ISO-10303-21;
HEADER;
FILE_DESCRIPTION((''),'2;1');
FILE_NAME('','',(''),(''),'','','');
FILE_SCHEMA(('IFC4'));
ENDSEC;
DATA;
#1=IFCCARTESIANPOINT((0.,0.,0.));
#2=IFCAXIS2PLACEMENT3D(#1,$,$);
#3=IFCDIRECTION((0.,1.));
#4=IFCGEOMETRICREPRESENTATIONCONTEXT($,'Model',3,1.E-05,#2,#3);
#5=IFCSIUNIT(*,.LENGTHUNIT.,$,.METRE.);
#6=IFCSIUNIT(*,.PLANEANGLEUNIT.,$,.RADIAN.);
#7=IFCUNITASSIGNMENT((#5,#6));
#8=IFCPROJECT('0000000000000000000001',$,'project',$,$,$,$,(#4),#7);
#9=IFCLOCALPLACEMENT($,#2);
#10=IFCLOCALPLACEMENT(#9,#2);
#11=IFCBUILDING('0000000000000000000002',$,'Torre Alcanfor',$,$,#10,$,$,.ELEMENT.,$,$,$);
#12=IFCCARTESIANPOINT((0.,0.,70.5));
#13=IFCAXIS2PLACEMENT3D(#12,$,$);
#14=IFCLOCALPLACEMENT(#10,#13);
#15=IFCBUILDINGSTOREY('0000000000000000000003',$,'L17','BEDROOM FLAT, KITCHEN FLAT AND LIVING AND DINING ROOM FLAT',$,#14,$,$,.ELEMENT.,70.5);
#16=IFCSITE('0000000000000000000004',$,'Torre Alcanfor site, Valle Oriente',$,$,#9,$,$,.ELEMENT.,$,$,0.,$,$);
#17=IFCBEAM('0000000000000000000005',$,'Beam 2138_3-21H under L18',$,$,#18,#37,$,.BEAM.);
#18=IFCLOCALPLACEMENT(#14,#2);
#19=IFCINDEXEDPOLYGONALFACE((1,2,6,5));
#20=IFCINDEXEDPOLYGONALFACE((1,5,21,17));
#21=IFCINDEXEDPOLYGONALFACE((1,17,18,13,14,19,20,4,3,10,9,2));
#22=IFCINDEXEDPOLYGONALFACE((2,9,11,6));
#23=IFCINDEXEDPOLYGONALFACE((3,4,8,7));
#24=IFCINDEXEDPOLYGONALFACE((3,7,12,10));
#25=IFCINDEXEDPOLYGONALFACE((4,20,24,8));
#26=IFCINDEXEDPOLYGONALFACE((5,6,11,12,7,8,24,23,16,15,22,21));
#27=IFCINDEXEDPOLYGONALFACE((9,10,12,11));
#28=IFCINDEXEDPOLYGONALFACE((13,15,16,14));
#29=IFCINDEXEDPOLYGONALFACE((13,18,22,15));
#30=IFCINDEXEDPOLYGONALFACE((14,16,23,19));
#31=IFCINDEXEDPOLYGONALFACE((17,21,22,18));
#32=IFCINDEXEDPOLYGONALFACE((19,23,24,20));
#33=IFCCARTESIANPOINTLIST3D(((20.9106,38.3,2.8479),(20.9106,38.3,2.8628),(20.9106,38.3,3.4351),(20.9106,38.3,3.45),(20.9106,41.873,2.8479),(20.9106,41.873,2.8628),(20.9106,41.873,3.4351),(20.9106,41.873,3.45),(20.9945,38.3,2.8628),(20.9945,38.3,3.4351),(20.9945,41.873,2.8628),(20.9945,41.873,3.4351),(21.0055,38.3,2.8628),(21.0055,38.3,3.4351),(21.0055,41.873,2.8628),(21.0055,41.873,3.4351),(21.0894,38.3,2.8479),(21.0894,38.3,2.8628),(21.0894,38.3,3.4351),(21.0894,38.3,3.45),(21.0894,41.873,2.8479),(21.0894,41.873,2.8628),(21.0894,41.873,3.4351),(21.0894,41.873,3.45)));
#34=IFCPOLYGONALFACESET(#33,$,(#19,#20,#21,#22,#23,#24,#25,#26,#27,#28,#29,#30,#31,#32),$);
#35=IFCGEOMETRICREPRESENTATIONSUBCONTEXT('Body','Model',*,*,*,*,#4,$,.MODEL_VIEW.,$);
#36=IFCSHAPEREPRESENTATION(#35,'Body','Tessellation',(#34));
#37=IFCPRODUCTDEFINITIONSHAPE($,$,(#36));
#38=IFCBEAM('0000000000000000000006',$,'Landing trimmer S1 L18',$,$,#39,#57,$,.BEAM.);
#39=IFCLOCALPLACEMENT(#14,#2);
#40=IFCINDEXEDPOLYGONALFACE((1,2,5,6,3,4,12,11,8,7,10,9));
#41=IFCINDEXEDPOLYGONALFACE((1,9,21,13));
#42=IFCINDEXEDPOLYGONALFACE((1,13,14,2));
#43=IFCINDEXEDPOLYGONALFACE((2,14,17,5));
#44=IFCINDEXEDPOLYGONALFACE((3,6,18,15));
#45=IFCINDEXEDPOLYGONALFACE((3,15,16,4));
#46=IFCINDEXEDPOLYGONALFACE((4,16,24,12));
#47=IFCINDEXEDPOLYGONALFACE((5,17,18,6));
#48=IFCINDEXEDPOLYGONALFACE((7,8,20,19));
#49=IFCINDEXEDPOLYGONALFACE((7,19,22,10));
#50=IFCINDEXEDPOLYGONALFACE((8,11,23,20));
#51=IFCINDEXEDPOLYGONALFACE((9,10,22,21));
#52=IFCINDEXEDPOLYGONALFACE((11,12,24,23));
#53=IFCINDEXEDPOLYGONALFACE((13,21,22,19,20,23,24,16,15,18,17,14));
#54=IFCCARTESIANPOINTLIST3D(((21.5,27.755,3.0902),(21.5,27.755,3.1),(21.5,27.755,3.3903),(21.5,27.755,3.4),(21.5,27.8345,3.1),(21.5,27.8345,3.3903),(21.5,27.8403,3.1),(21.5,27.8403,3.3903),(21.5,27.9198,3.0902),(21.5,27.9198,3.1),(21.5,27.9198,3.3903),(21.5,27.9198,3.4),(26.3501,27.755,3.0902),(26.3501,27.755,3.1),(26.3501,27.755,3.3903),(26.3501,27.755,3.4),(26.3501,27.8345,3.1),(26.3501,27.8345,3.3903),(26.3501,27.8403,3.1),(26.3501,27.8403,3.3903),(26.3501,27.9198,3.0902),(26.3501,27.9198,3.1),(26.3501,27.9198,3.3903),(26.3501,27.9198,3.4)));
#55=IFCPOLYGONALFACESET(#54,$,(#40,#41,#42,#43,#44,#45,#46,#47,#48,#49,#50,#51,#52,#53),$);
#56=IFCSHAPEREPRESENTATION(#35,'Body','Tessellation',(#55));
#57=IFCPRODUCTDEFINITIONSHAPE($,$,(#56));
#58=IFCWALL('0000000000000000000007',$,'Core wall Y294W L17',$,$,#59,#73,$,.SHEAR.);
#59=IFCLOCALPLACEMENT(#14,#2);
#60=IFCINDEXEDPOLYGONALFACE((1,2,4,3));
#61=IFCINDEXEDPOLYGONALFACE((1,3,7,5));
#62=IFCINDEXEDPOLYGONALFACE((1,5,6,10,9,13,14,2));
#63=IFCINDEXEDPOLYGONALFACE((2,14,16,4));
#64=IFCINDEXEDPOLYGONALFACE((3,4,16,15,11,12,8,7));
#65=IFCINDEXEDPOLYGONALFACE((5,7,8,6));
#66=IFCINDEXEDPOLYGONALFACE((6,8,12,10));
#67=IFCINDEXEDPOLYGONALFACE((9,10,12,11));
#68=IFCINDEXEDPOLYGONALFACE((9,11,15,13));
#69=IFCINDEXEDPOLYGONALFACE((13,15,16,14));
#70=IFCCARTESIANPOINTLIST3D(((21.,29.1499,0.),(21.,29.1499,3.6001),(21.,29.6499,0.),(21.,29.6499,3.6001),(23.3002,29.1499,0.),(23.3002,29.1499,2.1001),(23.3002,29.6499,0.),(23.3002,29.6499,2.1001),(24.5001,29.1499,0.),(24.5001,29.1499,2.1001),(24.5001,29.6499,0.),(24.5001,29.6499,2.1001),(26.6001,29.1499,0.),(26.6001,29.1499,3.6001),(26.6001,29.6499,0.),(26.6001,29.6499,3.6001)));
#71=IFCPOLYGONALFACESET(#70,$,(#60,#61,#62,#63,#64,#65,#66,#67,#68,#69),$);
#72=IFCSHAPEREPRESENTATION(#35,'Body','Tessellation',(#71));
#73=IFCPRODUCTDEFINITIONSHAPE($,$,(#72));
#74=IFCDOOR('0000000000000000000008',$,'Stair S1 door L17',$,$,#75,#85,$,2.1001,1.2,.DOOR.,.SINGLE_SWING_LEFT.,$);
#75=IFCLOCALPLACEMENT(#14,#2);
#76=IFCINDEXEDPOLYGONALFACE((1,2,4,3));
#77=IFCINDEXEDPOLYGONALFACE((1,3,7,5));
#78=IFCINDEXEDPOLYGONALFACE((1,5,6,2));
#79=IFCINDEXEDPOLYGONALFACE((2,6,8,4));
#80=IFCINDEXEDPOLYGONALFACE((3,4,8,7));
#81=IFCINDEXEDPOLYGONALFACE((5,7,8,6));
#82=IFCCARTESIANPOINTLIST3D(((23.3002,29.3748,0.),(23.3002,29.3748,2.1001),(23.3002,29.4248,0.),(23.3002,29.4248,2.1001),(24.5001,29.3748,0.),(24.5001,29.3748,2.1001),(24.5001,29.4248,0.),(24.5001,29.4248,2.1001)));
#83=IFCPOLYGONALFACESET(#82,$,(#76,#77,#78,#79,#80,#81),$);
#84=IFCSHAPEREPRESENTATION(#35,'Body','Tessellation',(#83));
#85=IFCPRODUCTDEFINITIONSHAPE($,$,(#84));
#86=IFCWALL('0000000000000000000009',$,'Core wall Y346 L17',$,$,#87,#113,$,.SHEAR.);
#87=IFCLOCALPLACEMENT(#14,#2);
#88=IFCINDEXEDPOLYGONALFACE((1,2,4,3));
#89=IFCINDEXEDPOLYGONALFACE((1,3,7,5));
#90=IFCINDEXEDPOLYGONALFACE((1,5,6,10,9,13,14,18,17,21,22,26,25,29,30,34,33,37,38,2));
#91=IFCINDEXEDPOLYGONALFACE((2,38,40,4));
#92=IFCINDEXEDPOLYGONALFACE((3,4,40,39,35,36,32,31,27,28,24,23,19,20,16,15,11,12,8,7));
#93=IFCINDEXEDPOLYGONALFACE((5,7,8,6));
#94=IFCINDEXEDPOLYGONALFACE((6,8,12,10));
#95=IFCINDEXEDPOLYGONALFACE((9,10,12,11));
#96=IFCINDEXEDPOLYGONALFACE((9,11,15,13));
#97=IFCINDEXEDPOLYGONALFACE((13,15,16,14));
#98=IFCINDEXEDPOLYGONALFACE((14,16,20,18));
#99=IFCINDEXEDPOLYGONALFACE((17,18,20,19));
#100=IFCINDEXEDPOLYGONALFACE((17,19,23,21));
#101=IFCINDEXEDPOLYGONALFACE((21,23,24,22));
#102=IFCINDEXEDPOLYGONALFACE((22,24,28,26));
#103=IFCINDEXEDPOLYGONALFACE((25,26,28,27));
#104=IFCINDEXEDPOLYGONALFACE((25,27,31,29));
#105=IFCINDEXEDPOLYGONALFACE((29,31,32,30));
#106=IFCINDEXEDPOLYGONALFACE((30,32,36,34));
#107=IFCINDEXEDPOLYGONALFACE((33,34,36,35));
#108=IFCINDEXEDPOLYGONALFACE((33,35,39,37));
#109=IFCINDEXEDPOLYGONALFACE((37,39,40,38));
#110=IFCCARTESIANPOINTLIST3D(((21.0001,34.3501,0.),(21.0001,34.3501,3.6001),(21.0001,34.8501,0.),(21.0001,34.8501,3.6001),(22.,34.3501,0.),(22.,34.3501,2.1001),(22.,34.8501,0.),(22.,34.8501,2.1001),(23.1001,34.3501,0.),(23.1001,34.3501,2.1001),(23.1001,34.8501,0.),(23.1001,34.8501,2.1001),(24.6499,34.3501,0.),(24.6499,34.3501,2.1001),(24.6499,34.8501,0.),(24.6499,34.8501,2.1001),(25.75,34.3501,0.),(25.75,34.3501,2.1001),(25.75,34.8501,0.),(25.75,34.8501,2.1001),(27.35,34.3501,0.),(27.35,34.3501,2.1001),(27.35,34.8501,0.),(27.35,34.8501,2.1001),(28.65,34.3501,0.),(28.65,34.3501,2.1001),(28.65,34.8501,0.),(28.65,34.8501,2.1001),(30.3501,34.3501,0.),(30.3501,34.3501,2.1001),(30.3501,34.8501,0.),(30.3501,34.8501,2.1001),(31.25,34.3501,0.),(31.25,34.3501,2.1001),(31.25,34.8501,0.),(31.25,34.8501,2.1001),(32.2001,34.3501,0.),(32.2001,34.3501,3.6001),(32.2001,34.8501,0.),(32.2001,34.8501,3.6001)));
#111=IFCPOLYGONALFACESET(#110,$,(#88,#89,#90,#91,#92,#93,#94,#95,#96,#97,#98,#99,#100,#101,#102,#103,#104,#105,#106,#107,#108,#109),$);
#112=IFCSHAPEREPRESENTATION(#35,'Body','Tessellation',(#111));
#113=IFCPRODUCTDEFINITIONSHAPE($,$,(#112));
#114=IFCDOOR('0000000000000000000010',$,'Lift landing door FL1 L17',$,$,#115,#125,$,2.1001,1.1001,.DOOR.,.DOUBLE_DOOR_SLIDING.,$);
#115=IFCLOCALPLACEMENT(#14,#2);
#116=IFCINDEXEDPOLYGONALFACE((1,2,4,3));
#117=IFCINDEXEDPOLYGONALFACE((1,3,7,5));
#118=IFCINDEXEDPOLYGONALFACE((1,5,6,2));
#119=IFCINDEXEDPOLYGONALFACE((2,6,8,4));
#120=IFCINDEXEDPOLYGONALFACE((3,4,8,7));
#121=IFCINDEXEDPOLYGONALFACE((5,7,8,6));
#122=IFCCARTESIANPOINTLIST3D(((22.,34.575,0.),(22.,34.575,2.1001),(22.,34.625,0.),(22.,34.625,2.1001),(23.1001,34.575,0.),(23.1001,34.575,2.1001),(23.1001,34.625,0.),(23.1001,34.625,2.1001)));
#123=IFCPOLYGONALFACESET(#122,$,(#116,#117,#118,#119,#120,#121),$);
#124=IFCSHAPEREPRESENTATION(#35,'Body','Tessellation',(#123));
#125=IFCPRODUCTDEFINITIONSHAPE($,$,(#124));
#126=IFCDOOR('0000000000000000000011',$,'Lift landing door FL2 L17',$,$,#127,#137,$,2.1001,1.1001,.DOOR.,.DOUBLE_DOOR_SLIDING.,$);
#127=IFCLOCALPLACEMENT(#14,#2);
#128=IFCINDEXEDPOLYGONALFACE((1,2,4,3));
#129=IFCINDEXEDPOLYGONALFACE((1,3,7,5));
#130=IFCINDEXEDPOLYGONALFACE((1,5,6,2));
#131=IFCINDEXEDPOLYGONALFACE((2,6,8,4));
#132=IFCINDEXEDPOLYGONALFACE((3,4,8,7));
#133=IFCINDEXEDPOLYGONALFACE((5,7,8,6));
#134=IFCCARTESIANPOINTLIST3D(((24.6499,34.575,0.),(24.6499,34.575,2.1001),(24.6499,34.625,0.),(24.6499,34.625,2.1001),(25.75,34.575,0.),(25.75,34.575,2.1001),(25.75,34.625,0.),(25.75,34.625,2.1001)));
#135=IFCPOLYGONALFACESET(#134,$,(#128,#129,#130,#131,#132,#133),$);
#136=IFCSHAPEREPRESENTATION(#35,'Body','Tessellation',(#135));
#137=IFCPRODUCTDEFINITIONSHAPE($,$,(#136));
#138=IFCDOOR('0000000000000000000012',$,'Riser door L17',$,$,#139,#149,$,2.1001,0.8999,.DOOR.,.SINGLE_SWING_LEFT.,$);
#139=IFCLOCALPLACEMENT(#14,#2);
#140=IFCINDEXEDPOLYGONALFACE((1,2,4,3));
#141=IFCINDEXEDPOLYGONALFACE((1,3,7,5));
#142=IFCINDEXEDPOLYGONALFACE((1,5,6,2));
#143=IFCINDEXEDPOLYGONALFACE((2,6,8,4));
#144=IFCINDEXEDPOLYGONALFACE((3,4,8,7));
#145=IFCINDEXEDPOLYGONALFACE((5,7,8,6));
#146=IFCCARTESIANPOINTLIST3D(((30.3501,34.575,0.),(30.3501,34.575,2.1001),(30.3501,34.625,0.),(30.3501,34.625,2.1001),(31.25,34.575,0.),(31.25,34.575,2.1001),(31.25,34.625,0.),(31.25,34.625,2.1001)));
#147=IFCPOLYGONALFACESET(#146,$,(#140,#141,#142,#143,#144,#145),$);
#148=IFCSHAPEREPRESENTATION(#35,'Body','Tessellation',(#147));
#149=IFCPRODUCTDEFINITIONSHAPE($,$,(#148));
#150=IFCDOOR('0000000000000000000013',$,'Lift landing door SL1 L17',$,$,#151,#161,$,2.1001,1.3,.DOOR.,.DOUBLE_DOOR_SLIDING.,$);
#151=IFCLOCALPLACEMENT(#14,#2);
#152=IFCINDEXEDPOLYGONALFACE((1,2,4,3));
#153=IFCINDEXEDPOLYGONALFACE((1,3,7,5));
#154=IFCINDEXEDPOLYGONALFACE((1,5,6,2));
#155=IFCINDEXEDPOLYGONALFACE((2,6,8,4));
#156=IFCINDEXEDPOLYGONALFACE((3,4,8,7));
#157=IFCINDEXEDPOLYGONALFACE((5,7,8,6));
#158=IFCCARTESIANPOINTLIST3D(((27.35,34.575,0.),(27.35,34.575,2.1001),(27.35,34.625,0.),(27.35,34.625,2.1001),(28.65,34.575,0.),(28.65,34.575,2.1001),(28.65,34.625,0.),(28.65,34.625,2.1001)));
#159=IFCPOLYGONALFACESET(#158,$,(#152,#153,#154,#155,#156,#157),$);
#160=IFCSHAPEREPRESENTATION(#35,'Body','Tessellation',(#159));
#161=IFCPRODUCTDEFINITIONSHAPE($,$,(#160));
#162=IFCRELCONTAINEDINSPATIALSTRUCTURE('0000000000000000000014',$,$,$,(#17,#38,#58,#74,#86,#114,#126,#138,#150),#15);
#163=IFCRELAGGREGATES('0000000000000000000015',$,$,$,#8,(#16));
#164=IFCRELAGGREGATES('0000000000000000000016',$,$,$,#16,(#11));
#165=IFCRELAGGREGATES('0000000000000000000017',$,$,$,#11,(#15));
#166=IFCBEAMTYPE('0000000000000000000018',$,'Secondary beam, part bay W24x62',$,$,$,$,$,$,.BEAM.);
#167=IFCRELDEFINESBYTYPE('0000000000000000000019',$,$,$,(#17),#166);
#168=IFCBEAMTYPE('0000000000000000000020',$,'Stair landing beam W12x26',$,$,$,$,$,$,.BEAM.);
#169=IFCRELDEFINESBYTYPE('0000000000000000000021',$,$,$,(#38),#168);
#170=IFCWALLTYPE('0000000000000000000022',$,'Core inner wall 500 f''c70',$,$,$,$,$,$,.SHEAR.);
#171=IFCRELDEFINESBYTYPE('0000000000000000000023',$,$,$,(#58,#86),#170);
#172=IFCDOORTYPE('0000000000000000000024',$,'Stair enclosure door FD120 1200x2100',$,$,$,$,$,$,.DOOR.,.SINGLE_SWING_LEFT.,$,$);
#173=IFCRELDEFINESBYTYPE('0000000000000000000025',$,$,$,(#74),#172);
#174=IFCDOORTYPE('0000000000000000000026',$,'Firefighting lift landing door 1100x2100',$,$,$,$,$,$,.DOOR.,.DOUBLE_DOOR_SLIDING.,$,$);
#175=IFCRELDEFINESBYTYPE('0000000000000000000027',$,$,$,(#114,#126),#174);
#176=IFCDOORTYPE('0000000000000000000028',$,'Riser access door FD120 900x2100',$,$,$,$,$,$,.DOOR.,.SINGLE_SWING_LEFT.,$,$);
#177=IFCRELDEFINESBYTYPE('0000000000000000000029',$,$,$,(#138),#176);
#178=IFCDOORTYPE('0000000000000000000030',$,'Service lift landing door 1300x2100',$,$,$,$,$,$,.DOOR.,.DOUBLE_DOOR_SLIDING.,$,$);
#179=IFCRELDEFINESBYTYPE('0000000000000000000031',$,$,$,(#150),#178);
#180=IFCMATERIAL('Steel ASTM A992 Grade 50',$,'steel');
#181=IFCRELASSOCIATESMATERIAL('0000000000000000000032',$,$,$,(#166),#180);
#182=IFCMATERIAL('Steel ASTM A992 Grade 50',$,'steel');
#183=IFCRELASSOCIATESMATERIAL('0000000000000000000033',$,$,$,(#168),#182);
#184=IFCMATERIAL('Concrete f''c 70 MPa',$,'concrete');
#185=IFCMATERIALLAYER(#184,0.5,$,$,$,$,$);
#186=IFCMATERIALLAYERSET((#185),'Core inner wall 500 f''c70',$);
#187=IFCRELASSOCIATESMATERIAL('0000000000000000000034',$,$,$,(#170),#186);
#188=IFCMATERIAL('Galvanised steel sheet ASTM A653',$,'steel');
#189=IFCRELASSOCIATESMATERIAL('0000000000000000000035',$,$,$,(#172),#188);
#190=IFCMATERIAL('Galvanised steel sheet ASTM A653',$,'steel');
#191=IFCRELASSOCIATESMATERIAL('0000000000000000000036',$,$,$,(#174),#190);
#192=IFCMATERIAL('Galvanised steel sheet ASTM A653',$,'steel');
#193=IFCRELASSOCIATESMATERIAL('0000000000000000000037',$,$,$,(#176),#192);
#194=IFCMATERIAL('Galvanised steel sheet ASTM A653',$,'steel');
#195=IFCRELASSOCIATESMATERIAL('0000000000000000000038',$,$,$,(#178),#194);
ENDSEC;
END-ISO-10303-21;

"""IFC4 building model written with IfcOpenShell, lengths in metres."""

from ifc_helpers import new_model, si_unit, direction, frame, frame_2d, origin, origin_2d, place, context, subcontext, project, spatial, rectangle, i_section, extrude, material, layer, layer_set, material_profile, profile_set, type_object, element, fill, save


model = new_model("IFC4")

# Units and contexts
model_context = context("Model", 3, precision=1e-05, world=origin(), true_north=direction((0.0, 1.0)))
body_context = subcontext(model_context, "Body", "Model", "MODEL_VIEW")
ifc_project = project(units=[si_unit("LENGTHUNIT", "METRE"), si_unit("PLANEANGLEUNIT", "RADIAN")], contexts=[model_context])

# Site, building, storey
site_placement = place(None, origin())
site = spatial("IfcSite", under=ifc_project, at=site_placement, Name="Torre Alcanfor site, Valle Oriente", CompositionType="ELEMENT", RefElevation=0.0)
building_placement = place(site_placement, origin())
building = spatial("IfcBuilding", under=site, at=building_placement, Name="Torre Alcanfor", CompositionType="ELEMENT")
storey_placement = place(building_placement, frame((0.0, 0.0, 70.5)))
storey = spatial("IfcBuildingStorey", under=building, at=storey_placement, Name="L17", Description="BEDROOM FLAT, KITCHEN FLAT AND LIVING AND DINING ROOM FLAT", CompositionType="ELEMENT", Elevation=70.5)

# Beams
ifc_material_1 = material(Name="Steel ASTM A992 Grade 50", Category="steel")
ifc_material_profile_1 = material_profile(ifc_material_1, i_section(OverallWidth=0.1787, OverallDepth=0.6021, WebThickness=0.011, FlangeThickness=0.0149, at=origin_2d()), Name="W24x62")
ifc_profile_set_1 = profile_set([ifc_material_profile_1], Name="Steel ASTM A992 Grade 50")
beam_type_1 = type_object("IfcBeamType", Name="Secondary beam, part bay W24x62", PredefinedType="BEAM", material=ifc_profile_set_1)
beam_1_placement = place(storey_placement, frame((21.0, 38.3, 3.1489), z_axis=(0.0, 1.0, 0.0), x_axis=(-1.0, 0.0, 0.0)))
element("IfcBeam", 1, at=beam_1_placement, inside=storey, type_object=beam_type_1, Name="Beam 2138_3-21H under L18", PredefinedType="BEAM", context=body_context, shape_type="SweptSolid", body=[
    extrude(i_section(OverallWidth=0.1787, OverallDepth=0.6021, WebThickness=0.011, FlangeThickness=0.0149, at=origin_2d()), origin(), (0.0, 0.0, 1.0), 3.573),
])
ifc_material_2 = material(Name="Steel ASTM A992 Grade 50", Category="steel")
ifc_material_profile_2 = material_profile(ifc_material_2, i_section(OverallWidth=0.1648, OverallDepth=0.3098, WebThickness=0.0059, FlangeThickness=0.0098, at=origin_2d()), Name="W12x26")
ifc_profile_set_2 = profile_set([ifc_material_profile_2], Name="Steel ASTM A992 Grade 50")
beam_type_2 = type_object("IfcBeamType", Name="Stair landing beam W12x26", PredefinedType="BEAM", material=ifc_profile_set_2)
beam_2_placement = place(storey_placement, frame((21.5, 27.8374, 3.2451), z_axis=(1.0, 0.0, 0.0), x_axis=(0.0, 1.0, 0.0)))
element("IfcBeam", 2, at=beam_2_placement, inside=storey, type_object=beam_type_2, Name="Landing trimmer S1 L18", PredefinedType="BEAM", context=body_context, shape_type="SweptSolid", body=[
    extrude(i_section(OverallWidth=0.1648, OverallDepth=0.3098, WebThickness=0.0059, FlangeThickness=0.0098, at=origin_2d()), origin(), (0.0, 0.0, 1.0), 4.8501),
])

# Wall, opening, door
ifc_material_3 = material(Name="Concrete f'c 70 MPa", Category="concrete")
ifc_layer_1 = layer(ifc_material_3, 0.5)
ifc_layer_set_1 = layer_set([ifc_layer_1], Name="Core inner wall 500 f'c70")
wall_type_1 = type_object("IfcWallType", Name="Core inner wall 500 f'c70", PredefinedType="SHEAR", material=ifc_layer_set_1)
wall_1_placement = place(storey_placement, frame((21.0, 29.3999, 0.0), z_axis=(0.0, 0.0, 1.0), x_axis=(1.0, 0.0, 0.0)))
wall_1 = element("IfcWall", 3, at=wall_1_placement, inside=storey, type_object=wall_type_1, Name="Core wall Y294W L17", PredefinedType="SHEAR", context=body_context, shape_type="SweptSolid", body=[
    extrude(rectangle(XDim=5.6001, YDim=0.5, at=frame_2d((2.8, 0.0))), origin(), (0.0, 0.0, 1.0), 3.6001),
])
opening_1_placement = place(wall_1_placement, frame((2.3, 0.0, 0.0)))
opening_1 = element("IfcOpeningElement", 4, at=opening_1_placement, cuts=wall_1, PredefinedType="OPENING", context=body_context, shape_type="SweptSolid", body=[
    extrude(rectangle(XDim=1.2, YDim=2.1001, at=frame_2d((0.6001, 1.05))), frame((0.0, 0.26, 0.0), z_axis=(0.0, -1.0, 0.0), x_axis=(1.0, 0.0, 0.0)), (0.0, 0.0, 1.0), 0.52),
])
ifc_material_4 = material(Name="Galvanised steel sheet ASTM A653", Category="steel")
door_type_1 = type_object("IfcDoorType", Name="Stair enclosure door FD120 1200x2100", OperationType="SINGLE_SWING_LEFT", PredefinedType="DOOR", material=ifc_material_4)
door_1_placement = place(opening_1_placement, frame((1.2, 0.0, 0.0), z_axis=(0.0, 0.0, 1.0), x_axis=(-1.0, 0.0, 0.0)))
door_1 = element("IfcDoor", 5, at=door_1_placement, inside=storey, type_object=door_type_1, Name="Stair S1 door L17", OperationType="SINGLE_SWING_LEFT", OverallHeight=2.1001, OverallWidth=1.2, PredefinedType="DOOR", context=body_context, shape_type="SweptSolid", body=[
    extrude(rectangle(XDim=1.2, YDim=2.1001, at=frame_2d((0.5999, 1.05))), frame((0.0, 0.0251, 0.0), z_axis=(0.0, -1.0, 0.0), x_axis=(1.0, 0.0, 0.0)), (0.0, 0.0, 1.0), 0.05),
])
fill(opening_1, door_1)

# Wall, openings, doors
wall_2_placement = place(storey_placement, frame((21.0, 34.6001, 0.0), z_axis=(0.0, 0.0, 1.0), x_axis=(1.0, 0.0, 0.0)))
wall_2 = element("IfcWall", 6, at=wall_2_placement, inside=storey, type_object=wall_type_1, Name="Core wall Y346 L17", PredefinedType="SHEAR", context=body_context, shape_type="SweptSolid", body=[
    extrude(rectangle(XDim=11.2, YDim=0.5, at=frame_2d((5.6001, 0.0))), origin(), (0.0, 0.0, 1.0), 3.6001),
])
opening_2_placement = place(wall_2_placement, frame((9.3501, 0.0, 0.0)))
opening_2 = element("IfcOpeningElement", 7, at=opening_2_placement, cuts=wall_2, PredefinedType="OPENING", context=body_context, shape_type="SweptSolid", body=[
    extrude(rectangle(XDim=0.8999, YDim=2.1001, at=frame_2d((0.45, 1.05))), frame((0.0, 0.26, 0.0), z_axis=(0.0, -1.0, 0.0), x_axis=(1.0, 0.0, 0.0)), (0.0, 0.0, 1.0), 0.52),
])
opening_3_placement = place(wall_2_placement, frame((1.0, 0.0, 0.0)))
opening_3 = element("IfcOpeningElement", 8, at=opening_3_placement, cuts=wall_2, PredefinedType="OPENING", context=body_context, shape_type="SweptSolid", body=[
    extrude(rectangle(XDim=1.1001, YDim=2.1001, at=frame_2d((0.55, 1.05))), frame((0.0, 0.26, 0.0), z_axis=(0.0, -1.0, 0.0), x_axis=(1.0, 0.0, 0.0)), (0.0, 0.0, 1.0), 0.52),
])
opening_4_placement = place(wall_2_placement, frame((3.6499, 0.0, 0.0)))
opening_4 = element("IfcOpeningElement", 9, at=opening_4_placement, cuts=wall_2, PredefinedType="OPENING", context=body_context, shape_type="SweptSolid", body=[
    extrude(rectangle(XDim=1.1001, YDim=2.1001, at=frame_2d((0.55, 1.05))), frame((0.0, 0.26, 0.0), z_axis=(0.0, -1.0, 0.0), x_axis=(1.0, 0.0, 0.0)), (0.0, 0.0, 1.0), 0.52),
])
opening_5_placement = place(wall_2_placement, frame((6.3501, 0.0, 0.0)))
opening_5 = element("IfcOpeningElement", 10, at=opening_5_placement, cuts=wall_2, PredefinedType="OPENING", context=body_context, shape_type="SweptSolid", body=[
    extrude(rectangle(XDim=1.3, YDim=2.1001, at=frame_2d((0.6499, 1.05))), frame((0.0, 0.26, 0.0), z_axis=(0.0, -1.0, 0.0), x_axis=(1.0, 0.0, 0.0)), (0.0, 0.0, 1.0), 0.52),
])
ifc_material_5 = material(Name="Galvanised steel sheet ASTM A653", Category="steel")
door_type_2 = type_object("IfcDoorType", Name="Firefighting lift landing door 1100x2100", OperationType="DOUBLE_DOOR_SLIDING", PredefinedType="DOOR", material=ifc_material_5)
door_2_placement = place(opening_3_placement, origin())
door_2 = element("IfcDoor", 11, at=door_2_placement, inside=storey, type_object=door_type_2, Name="Lift landing door FL1 L17", OperationType="DOUBLE_DOOR_SLIDING", OverallHeight=2.1001, OverallWidth=1.1001, PredefinedType="DOOR", context=body_context, shape_type="SweptSolid", body=[
    extrude(rectangle(XDim=1.1001, YDim=2.1001, at=frame_2d((0.55, 1.05))), frame((0.0, 0.0249, 0.0), z_axis=(0.0, -1.0, 0.0), x_axis=(1.0, 0.0, 0.0)), (0.0, 0.0, 1.0), 0.05),
])
fill(opening_3, door_2)
door_3_placement = place(opening_4_placement, origin())
door_3 = element("IfcDoor", 12, at=door_3_placement, inside=storey, type_object=door_type_2, Name="Lift landing door FL2 L17", OperationType="DOUBLE_DOOR_SLIDING", OverallHeight=2.1001, OverallWidth=1.1001, PredefinedType="DOOR", context=body_context, shape_type="SweptSolid", body=[
    extrude(rectangle(XDim=1.1001, YDim=2.1001, at=frame_2d((0.55, 1.05))), frame((0.0, 0.0249, 0.0), z_axis=(0.0, -1.0, 0.0), x_axis=(1.0, 0.0, 0.0)), (0.0, 0.0, 1.0), 0.05),
])
fill(opening_4, door_3)
ifc_material_6 = material(Name="Galvanised steel sheet ASTM A653", Category="steel")
door_type_3 = type_object("IfcDoorType", Name="Riser access door FD120 900x2100", OperationType="SINGLE_SWING_LEFT", PredefinedType="DOOR", material=ifc_material_6)
door_4_placement = place(opening_2_placement, origin())
door_4 = element("IfcDoor", 13, at=door_4_placement, inside=storey, type_object=door_type_3, Name="Riser door L17", OperationType="SINGLE_SWING_LEFT", OverallHeight=2.1001, OverallWidth=0.8999, PredefinedType="DOOR", context=body_context, shape_type="SweptSolid", body=[
    extrude(rectangle(XDim=0.8999, YDim=2.1001, at=frame_2d((0.45, 1.05))), frame((0.0, 0.0249, 0.0), z_axis=(0.0, -1.0, 0.0), x_axis=(1.0, 0.0, 0.0)), (0.0, 0.0, 1.0), 0.05),
])
fill(opening_2, door_4)
ifc_material_7 = material(Name="Galvanised steel sheet ASTM A653", Category="steel")
door_type_4 = type_object("IfcDoorType", Name="Service lift landing door 1300x2100", OperationType="DOUBLE_DOOR_SLIDING", PredefinedType="DOOR", material=ifc_material_7)
door_5_placement = place(opening_5_placement, origin())
door_5 = element("IfcDoor", 14, at=door_5_placement, inside=storey, type_object=door_type_4, Name="Lift landing door SL1 L17", OperationType="DOUBLE_DOOR_SLIDING", OverallHeight=2.1001, OverallWidth=1.3, PredefinedType="DOOR", context=body_context, shape_type="SweptSolid", body=[
    extrude(rectangle(XDim=1.3, YDim=2.1001, at=frame_2d((0.6499, 1.05))), frame((0.0, 0.0249, 0.0), z_axis=(0.0, -1.0, 0.0), x_axis=(1.0, 0.0, 0.0)), (0.0, 0.0, 1.0), 0.05),
])
fill(opening_5, door_5)

save(model, "model.ifc")
